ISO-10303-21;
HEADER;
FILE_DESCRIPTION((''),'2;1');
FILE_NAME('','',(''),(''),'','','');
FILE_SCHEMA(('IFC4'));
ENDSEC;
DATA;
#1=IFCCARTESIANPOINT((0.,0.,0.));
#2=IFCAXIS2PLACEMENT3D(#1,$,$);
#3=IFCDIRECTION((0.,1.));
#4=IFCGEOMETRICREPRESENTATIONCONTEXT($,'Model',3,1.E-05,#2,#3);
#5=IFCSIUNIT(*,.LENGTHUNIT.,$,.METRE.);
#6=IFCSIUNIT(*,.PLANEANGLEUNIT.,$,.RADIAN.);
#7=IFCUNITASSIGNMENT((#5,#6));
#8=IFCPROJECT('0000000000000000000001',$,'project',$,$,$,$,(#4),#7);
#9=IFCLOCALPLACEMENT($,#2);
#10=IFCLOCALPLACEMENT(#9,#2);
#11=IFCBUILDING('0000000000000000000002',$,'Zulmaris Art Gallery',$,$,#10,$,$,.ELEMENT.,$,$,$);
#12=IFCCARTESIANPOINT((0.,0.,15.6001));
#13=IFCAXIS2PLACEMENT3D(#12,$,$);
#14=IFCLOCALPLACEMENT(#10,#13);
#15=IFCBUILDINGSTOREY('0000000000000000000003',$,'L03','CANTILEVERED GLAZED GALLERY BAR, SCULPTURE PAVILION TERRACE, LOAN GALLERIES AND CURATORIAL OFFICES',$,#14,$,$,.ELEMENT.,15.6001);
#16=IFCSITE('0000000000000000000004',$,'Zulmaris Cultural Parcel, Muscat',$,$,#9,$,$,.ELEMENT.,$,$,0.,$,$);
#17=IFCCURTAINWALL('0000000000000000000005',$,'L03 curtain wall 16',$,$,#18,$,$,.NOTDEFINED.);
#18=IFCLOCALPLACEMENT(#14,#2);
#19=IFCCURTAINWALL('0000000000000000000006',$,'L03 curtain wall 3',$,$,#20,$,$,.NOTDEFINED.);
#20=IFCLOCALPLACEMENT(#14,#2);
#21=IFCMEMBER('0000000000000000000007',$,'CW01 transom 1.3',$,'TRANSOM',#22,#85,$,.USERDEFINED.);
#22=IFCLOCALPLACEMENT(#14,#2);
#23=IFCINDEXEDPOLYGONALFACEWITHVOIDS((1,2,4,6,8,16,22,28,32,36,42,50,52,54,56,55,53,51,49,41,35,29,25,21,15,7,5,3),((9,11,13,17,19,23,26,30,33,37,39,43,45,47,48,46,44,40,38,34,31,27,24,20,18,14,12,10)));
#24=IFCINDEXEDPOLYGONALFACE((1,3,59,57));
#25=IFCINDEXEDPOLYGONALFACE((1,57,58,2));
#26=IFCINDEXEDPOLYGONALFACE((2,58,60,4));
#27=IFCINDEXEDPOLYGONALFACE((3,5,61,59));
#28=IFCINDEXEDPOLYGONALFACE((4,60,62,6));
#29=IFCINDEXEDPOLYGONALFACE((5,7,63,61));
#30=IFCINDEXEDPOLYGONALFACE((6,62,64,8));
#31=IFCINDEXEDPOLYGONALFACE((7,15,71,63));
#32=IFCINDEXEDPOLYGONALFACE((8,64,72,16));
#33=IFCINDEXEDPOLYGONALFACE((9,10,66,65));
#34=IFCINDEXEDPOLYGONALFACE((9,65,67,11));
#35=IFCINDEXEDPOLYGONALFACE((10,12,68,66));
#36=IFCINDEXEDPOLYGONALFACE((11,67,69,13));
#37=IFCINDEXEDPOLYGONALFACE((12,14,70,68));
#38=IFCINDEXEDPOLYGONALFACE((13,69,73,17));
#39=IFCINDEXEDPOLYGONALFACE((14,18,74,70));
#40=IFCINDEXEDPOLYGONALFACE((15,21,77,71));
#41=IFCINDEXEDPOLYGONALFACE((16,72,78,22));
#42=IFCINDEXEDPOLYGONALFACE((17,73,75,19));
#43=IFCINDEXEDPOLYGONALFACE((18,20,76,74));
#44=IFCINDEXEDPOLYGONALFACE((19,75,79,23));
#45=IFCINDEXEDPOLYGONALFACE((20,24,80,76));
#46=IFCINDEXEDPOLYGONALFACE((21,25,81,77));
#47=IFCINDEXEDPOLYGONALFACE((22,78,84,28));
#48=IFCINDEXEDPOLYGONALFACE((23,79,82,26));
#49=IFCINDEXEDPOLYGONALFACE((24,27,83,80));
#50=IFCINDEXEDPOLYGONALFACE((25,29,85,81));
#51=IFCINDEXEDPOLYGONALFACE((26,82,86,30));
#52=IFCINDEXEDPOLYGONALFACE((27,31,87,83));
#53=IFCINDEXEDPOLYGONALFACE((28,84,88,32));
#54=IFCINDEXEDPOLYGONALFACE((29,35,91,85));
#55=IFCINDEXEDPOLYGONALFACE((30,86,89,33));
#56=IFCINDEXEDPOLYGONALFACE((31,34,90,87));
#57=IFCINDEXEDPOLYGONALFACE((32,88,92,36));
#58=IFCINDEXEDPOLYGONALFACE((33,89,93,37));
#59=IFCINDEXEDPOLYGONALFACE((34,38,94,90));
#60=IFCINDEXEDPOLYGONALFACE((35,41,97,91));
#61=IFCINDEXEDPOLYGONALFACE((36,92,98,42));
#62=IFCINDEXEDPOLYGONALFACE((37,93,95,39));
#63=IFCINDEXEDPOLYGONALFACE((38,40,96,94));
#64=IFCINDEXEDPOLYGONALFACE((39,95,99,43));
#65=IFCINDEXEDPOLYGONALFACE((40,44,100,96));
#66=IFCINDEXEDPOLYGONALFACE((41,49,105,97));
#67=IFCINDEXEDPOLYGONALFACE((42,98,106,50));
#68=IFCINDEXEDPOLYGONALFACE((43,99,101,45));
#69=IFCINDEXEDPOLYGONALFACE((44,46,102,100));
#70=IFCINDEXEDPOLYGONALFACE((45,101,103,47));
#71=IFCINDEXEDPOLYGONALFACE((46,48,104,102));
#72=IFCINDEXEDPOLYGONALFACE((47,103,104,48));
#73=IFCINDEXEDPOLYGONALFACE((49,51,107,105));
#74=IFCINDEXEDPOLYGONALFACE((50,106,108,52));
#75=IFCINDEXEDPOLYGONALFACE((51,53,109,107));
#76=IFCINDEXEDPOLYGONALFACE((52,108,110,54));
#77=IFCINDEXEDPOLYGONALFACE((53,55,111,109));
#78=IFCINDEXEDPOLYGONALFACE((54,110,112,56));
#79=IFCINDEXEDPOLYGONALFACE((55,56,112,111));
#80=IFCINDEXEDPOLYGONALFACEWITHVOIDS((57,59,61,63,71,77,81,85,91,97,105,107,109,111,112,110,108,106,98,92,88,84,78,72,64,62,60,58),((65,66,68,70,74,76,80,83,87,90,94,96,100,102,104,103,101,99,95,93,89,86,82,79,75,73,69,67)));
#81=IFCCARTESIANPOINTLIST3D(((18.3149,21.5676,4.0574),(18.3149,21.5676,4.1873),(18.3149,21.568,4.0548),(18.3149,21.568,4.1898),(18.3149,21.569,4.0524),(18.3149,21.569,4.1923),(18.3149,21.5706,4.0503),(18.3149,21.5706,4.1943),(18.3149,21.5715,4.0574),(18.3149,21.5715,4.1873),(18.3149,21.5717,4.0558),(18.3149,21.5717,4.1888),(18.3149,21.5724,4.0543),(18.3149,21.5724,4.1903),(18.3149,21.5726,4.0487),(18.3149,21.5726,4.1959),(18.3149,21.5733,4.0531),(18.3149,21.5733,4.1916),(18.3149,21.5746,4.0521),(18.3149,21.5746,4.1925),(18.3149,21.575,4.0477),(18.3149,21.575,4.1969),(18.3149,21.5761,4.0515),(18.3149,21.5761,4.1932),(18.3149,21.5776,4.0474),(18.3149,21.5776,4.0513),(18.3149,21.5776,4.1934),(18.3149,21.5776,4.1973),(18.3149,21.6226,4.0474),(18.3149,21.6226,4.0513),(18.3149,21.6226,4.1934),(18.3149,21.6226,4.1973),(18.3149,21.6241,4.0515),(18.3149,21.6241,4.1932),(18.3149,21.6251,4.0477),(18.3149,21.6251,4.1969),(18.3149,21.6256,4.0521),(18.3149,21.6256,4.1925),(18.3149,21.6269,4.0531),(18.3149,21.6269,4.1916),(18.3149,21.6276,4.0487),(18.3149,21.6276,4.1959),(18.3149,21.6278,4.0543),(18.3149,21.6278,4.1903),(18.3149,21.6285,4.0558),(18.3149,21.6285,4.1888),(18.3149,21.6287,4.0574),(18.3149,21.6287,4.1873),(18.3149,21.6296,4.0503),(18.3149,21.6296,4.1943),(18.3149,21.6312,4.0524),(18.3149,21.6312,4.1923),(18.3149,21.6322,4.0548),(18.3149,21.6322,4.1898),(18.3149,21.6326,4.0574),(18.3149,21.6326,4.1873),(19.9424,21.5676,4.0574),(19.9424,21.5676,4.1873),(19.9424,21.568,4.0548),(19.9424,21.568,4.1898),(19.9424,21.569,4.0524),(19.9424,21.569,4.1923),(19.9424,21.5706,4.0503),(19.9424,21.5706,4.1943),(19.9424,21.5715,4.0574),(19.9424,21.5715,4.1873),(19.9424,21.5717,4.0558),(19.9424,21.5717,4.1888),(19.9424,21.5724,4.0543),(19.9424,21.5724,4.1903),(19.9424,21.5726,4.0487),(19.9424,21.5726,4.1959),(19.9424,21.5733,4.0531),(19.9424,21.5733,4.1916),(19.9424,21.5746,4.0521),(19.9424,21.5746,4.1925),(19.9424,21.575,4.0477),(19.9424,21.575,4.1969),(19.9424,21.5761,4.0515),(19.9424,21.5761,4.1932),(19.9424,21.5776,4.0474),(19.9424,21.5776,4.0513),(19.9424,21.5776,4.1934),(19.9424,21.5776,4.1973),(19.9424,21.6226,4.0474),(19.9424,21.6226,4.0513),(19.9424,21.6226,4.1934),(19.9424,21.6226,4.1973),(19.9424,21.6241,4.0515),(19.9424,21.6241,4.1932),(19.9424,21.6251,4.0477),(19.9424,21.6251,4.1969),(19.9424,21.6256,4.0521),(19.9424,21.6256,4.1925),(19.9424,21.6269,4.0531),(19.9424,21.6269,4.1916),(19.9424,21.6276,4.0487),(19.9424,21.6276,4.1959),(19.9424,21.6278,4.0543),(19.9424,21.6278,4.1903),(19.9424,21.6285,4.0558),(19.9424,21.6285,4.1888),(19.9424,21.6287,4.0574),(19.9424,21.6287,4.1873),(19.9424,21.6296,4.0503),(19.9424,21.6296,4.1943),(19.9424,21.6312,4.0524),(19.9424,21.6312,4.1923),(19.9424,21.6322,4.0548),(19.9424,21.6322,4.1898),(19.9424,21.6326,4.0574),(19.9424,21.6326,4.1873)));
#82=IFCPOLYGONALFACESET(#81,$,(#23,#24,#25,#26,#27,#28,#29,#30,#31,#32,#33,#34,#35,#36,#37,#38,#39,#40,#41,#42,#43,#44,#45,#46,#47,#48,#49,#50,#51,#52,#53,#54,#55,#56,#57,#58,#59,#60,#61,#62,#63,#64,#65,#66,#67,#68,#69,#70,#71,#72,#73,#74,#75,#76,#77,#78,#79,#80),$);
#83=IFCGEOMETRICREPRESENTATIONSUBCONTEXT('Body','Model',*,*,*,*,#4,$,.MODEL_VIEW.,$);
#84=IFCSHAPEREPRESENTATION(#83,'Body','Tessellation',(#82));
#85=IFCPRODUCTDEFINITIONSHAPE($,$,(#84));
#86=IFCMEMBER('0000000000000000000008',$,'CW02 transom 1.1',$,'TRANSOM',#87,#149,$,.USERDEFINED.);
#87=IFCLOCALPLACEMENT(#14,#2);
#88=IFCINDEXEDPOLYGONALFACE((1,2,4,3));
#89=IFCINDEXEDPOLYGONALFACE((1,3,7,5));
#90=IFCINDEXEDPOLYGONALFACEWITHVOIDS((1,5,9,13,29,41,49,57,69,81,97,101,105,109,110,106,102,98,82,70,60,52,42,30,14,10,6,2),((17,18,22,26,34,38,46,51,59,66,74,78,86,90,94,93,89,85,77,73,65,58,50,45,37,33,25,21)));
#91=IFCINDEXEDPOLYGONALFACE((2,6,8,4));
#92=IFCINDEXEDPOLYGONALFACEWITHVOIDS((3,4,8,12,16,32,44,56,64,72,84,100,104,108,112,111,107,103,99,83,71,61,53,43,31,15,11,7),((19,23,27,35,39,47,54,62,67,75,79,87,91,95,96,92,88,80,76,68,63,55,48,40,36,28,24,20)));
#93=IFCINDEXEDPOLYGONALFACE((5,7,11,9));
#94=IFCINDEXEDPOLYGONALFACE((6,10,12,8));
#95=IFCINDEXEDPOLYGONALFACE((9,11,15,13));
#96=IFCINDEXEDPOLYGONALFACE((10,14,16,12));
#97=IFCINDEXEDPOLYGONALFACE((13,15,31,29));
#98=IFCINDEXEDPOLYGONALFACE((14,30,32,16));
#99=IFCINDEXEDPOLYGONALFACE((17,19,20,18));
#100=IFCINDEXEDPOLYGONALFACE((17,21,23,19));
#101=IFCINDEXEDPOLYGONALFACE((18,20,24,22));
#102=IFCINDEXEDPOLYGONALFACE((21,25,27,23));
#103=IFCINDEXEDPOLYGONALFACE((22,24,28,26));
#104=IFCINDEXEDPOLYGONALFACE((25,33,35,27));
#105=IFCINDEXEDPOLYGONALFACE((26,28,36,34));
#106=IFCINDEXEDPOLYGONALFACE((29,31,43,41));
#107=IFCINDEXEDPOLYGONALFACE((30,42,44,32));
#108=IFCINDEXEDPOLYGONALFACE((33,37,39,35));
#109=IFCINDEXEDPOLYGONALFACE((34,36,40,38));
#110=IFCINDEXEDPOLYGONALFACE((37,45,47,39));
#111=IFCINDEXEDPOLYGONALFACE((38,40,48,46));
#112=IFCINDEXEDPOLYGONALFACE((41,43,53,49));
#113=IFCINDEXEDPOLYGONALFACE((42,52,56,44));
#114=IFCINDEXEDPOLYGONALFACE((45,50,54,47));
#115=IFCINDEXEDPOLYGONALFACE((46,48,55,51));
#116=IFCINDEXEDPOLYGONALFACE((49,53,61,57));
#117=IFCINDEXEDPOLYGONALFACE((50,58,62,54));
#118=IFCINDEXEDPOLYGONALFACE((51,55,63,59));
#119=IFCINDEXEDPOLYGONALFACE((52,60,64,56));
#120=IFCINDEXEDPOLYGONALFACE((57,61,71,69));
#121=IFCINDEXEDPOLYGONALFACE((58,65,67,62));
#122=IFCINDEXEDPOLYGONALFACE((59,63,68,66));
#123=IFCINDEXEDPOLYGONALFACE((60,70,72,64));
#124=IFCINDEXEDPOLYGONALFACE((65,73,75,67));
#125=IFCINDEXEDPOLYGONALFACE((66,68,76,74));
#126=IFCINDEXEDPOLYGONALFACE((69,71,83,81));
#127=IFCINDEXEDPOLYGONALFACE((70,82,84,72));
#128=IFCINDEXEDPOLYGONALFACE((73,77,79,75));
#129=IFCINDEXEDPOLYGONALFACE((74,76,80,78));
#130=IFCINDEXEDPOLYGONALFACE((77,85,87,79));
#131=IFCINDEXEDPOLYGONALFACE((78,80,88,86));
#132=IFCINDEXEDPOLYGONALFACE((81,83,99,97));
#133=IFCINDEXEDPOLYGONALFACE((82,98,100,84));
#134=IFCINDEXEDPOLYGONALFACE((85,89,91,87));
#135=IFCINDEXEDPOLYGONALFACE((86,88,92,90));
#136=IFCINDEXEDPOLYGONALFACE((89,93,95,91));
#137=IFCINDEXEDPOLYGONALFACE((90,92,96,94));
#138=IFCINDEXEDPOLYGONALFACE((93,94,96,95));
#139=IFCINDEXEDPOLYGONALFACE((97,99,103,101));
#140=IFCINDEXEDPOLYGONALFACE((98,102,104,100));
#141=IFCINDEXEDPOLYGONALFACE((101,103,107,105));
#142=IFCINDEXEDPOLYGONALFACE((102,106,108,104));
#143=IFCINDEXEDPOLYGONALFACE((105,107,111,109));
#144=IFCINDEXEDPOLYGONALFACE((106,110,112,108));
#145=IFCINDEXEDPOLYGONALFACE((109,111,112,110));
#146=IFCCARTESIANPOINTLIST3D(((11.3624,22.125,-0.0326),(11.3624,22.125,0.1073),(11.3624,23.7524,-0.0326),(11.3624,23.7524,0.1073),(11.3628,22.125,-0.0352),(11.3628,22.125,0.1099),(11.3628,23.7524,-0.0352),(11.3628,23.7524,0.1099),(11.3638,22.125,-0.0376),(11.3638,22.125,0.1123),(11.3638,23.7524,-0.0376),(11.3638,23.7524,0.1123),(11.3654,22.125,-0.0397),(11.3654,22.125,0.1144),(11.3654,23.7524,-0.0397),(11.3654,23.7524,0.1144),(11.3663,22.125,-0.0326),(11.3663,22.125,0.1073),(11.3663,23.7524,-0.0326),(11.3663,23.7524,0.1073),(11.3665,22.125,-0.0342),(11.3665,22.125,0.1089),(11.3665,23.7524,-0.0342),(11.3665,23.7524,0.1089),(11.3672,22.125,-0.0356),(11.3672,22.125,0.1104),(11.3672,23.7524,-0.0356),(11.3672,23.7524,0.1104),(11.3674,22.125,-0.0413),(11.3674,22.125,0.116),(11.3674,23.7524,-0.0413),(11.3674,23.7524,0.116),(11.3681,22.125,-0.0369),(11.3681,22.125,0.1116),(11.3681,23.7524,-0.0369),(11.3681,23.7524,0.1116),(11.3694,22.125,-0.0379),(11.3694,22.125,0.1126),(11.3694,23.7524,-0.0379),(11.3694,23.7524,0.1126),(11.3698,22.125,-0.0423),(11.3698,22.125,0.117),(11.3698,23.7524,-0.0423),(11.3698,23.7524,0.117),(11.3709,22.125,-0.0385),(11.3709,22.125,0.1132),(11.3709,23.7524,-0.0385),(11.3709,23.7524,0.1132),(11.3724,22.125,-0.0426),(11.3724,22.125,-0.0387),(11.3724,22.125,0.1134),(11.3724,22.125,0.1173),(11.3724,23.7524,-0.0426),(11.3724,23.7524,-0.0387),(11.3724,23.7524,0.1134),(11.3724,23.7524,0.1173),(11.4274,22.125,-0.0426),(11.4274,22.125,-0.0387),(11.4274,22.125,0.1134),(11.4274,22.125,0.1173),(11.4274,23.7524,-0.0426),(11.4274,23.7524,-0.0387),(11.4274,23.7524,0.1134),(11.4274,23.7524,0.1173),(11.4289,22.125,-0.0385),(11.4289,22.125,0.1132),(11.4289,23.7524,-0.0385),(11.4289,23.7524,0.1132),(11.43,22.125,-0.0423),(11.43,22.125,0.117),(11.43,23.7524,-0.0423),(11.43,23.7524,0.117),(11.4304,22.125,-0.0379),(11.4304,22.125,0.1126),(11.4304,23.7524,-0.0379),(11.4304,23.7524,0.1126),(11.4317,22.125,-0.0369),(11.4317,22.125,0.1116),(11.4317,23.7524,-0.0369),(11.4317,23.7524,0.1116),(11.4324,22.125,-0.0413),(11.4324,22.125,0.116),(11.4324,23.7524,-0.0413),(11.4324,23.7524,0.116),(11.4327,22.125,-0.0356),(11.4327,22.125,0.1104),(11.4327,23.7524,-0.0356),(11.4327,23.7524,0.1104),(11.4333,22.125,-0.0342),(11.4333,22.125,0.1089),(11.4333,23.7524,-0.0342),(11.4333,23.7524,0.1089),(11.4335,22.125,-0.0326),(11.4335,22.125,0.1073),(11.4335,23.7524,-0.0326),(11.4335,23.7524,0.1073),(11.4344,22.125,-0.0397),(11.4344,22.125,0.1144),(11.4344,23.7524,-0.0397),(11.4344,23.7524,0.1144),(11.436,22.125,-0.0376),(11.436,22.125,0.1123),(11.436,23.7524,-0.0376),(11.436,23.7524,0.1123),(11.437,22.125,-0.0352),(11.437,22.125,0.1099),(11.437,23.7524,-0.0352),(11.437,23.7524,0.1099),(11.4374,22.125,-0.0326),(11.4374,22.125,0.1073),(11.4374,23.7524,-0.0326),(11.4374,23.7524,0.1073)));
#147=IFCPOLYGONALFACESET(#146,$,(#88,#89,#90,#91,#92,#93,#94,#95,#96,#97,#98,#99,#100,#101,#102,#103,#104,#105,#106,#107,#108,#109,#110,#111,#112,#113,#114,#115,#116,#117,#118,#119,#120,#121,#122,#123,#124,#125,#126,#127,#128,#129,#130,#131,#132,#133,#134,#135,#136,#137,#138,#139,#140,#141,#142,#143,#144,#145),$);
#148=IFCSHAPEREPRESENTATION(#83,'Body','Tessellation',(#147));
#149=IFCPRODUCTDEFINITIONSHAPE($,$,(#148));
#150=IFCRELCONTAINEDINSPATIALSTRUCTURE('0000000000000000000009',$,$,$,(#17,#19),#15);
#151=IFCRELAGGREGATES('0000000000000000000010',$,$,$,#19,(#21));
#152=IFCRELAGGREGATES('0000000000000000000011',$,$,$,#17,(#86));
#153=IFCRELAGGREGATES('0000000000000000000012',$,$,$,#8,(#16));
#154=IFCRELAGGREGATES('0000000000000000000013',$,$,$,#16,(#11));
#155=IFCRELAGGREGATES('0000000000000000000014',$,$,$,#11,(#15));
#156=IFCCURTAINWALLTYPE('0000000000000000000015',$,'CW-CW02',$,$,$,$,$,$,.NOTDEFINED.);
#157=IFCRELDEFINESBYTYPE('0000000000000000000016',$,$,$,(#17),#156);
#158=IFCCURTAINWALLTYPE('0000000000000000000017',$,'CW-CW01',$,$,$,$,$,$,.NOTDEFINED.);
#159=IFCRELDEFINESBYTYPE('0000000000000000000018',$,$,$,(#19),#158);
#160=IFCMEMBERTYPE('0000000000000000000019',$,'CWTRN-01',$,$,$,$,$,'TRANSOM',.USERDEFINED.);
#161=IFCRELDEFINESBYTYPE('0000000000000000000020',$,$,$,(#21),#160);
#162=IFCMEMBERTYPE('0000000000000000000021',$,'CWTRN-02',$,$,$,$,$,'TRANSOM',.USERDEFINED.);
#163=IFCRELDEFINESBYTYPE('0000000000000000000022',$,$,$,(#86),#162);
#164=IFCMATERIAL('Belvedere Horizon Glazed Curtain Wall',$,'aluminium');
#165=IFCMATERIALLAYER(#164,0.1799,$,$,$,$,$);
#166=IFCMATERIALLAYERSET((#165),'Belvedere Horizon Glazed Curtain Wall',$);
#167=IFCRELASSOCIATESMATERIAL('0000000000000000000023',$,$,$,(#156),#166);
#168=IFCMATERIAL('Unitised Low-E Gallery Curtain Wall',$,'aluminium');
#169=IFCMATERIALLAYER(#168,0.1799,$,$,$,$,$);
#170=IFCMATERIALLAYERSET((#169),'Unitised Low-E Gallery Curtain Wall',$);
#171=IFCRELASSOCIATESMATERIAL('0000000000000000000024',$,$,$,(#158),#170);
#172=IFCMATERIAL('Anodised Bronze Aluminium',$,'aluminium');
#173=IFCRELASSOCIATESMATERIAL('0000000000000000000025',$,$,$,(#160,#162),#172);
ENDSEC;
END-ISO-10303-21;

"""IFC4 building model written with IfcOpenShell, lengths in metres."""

from ifc_helpers import new_model, si_unit, direction, frame, origin, origin_2d, place, context, subcontext, project, spatial, hollow_rectangle, extrude, material, layer, layer_set, material_profile, profile_set, type_object, element, aggregate, save


model = new_model("IFC4")

# Units and contexts
model_context = context("Model", 3, precision=1e-05, world=origin(), true_north=direction((0.0, 1.0)))
body_context = subcontext(model_context, "Body", "Model", "MODEL_VIEW")
ifc_project = project(units=[si_unit("LENGTHUNIT", "METRE"), si_unit("PLANEANGLEUNIT", "RADIAN")], contexts=[model_context])

# Site, building, storey
site_placement = place(None, origin())
site = spatial("IfcSite", under=ifc_project, at=site_placement, Name="Zulmaris Cultural Parcel, Muscat", CompositionType="ELEMENT", RefElevation=0.0)
building_placement = place(site_placement, origin())
building = spatial("IfcBuilding", under=site, at=building_placement, Name="Zulmaris Art Gallery", CompositionType="ELEMENT")
storey_placement = place(building_placement, frame((0.0, 0.0, 15.6001)))
storey = spatial("IfcBuildingStorey", under=building, at=storey_placement, Name="L03", Description="CANTILEVERED GLAZED GALLERY BAR, SCULPTURE PAVILION TERRACE, LOAN GALLERIES AND CURATORIAL OFFICES", CompositionType="ELEMENT", Elevation=15.6001)

# Curtain walls, member
ifc_material_1 = material(Name="Belvedere Horizon Glazed Curtain Wall", Category="aluminium")
ifc_layer_1 = layer(ifc_material_1, 0.1799)
ifc_layer_set_1 = layer_set([ifc_layer_1], Name="Belvedere Horizon Glazed Curtain Wall")
curtain_wall_type_1 = type_object("IfcCurtainWallType", Name="CW-CW02", PredefinedType="NOTDEFINED", material=ifc_layer_set_1)
curtain_wall_1_placement = place(storey_placement, origin())
curtain_wall_1 = element("IfcCurtainWall", 1, at=curtain_wall_1_placement, inside=storey, type_object=curtain_wall_type_1, Name="L03 curtain wall 16", PredefinedType="NOTDEFINED")
ifc_material_2 = material(Name="Anodised Bronze Aluminium", Category="aluminium")
ifc_material_3 = material(Name="Unitised Low-E Gallery Curtain Wall", Category="aluminium")
ifc_layer_2 = layer(ifc_material_3, 0.1799)
ifc_layer_set_2 = layer_set([ifc_layer_2], Name="Unitised Low-E Gallery Curtain Wall")
curtain_wall_type_2 = type_object("IfcCurtainWallType", Name="CW-CW01", PredefinedType="NOTDEFINED", material=ifc_layer_set_2)
curtain_wall_2_placement = place(storey_placement, origin())
curtain_wall_2 = element("IfcCurtainWall", 2, at=curtain_wall_2_placement, inside=storey, type_object=curtain_wall_type_2, Name="L03 curtain wall 3", PredefinedType="NOTDEFINED")
ifc_material_profile_1 = material_profile(ifc_material_2, hollow_rectangle(XDim=0.0649, YDim=0.1499, WallThickness=0.0039, InnerFilletRadius=0.0061, OuterFilletRadius=0.01, at=origin_2d()), Name="ALU 65x150x4")
ifc_profile_set_1 = profile_set([ifc_material_profile_1], Name="Anodised Bronze Aluminium")
member_type_1 = type_object("IfcMemberType", Name="CWTRN-01", ElementType="TRANSOM", PredefinedType="USERDEFINED", material=ifc_profile_set_1)
member_1_placement = place(storey_placement, frame((18.3149, 21.6001, 4.1223), z_axis=(1.0, 0.0, 0.0), x_axis=(0.0, 1.0, 0.0)))
member_1 = element("IfcMember", 3, at=member_1_placement, type_object=member_type_1, Name="CW01 transom 1.3", ObjectType="TRANSOM", PredefinedType="USERDEFINED", context=body_context, shape_type="SweptSolid", body=[
    extrude(hollow_rectangle(XDim=0.0649, YDim=0.1499, WallThickness=0.0039, InnerFilletRadius=0.0061, OuterFilletRadius=0.01, at=origin_2d()), origin(), (0.0, 0.0, 1.0), 1.6274),
])

# Member
ifc_material_profile_2 = material_profile(ifc_material_2, hollow_rectangle(XDim=0.075, YDim=0.1599, WallThickness=0.0039, InnerFilletRadius=0.0061, OuterFilletRadius=0.01, at=origin_2d()), Name="ALU 75x160x4")
ifc_profile_set_2 = profile_set([ifc_material_profile_2], Name="Anodised Bronze Aluminium")
member_type_2 = type_object("IfcMemberType", Name="CWTRN-02", ElementType="TRANSOM", PredefinedType="USERDEFINED", material=ifc_profile_set_2)
member_2_placement = place(storey_placement, frame((11.3999, 22.125, 0.0374), z_axis=(0.0, 1.0, 0.0), x_axis=(-1.0, 0.0, 0.0)))
member_2 = element("IfcMember", 4, at=member_2_placement, type_object=member_type_2, Name="CW02 transom 1.1", ObjectType="TRANSOM", PredefinedType="USERDEFINED", context=body_context, shape_type="SweptSolid", body=[
    extrude(hollow_rectangle(XDim=0.075, YDim=0.1599, WallThickness=0.0039, InnerFilletRadius=0.0061, OuterFilletRadius=0.01, at=origin_2d()), origin(), (0.0, 0.0, 1.0), 1.6274),
])

aggregate(curtain_wall_2, [member_1])
aggregate(curtain_wall_1, [member_2])

save(model, "model.ifc")
